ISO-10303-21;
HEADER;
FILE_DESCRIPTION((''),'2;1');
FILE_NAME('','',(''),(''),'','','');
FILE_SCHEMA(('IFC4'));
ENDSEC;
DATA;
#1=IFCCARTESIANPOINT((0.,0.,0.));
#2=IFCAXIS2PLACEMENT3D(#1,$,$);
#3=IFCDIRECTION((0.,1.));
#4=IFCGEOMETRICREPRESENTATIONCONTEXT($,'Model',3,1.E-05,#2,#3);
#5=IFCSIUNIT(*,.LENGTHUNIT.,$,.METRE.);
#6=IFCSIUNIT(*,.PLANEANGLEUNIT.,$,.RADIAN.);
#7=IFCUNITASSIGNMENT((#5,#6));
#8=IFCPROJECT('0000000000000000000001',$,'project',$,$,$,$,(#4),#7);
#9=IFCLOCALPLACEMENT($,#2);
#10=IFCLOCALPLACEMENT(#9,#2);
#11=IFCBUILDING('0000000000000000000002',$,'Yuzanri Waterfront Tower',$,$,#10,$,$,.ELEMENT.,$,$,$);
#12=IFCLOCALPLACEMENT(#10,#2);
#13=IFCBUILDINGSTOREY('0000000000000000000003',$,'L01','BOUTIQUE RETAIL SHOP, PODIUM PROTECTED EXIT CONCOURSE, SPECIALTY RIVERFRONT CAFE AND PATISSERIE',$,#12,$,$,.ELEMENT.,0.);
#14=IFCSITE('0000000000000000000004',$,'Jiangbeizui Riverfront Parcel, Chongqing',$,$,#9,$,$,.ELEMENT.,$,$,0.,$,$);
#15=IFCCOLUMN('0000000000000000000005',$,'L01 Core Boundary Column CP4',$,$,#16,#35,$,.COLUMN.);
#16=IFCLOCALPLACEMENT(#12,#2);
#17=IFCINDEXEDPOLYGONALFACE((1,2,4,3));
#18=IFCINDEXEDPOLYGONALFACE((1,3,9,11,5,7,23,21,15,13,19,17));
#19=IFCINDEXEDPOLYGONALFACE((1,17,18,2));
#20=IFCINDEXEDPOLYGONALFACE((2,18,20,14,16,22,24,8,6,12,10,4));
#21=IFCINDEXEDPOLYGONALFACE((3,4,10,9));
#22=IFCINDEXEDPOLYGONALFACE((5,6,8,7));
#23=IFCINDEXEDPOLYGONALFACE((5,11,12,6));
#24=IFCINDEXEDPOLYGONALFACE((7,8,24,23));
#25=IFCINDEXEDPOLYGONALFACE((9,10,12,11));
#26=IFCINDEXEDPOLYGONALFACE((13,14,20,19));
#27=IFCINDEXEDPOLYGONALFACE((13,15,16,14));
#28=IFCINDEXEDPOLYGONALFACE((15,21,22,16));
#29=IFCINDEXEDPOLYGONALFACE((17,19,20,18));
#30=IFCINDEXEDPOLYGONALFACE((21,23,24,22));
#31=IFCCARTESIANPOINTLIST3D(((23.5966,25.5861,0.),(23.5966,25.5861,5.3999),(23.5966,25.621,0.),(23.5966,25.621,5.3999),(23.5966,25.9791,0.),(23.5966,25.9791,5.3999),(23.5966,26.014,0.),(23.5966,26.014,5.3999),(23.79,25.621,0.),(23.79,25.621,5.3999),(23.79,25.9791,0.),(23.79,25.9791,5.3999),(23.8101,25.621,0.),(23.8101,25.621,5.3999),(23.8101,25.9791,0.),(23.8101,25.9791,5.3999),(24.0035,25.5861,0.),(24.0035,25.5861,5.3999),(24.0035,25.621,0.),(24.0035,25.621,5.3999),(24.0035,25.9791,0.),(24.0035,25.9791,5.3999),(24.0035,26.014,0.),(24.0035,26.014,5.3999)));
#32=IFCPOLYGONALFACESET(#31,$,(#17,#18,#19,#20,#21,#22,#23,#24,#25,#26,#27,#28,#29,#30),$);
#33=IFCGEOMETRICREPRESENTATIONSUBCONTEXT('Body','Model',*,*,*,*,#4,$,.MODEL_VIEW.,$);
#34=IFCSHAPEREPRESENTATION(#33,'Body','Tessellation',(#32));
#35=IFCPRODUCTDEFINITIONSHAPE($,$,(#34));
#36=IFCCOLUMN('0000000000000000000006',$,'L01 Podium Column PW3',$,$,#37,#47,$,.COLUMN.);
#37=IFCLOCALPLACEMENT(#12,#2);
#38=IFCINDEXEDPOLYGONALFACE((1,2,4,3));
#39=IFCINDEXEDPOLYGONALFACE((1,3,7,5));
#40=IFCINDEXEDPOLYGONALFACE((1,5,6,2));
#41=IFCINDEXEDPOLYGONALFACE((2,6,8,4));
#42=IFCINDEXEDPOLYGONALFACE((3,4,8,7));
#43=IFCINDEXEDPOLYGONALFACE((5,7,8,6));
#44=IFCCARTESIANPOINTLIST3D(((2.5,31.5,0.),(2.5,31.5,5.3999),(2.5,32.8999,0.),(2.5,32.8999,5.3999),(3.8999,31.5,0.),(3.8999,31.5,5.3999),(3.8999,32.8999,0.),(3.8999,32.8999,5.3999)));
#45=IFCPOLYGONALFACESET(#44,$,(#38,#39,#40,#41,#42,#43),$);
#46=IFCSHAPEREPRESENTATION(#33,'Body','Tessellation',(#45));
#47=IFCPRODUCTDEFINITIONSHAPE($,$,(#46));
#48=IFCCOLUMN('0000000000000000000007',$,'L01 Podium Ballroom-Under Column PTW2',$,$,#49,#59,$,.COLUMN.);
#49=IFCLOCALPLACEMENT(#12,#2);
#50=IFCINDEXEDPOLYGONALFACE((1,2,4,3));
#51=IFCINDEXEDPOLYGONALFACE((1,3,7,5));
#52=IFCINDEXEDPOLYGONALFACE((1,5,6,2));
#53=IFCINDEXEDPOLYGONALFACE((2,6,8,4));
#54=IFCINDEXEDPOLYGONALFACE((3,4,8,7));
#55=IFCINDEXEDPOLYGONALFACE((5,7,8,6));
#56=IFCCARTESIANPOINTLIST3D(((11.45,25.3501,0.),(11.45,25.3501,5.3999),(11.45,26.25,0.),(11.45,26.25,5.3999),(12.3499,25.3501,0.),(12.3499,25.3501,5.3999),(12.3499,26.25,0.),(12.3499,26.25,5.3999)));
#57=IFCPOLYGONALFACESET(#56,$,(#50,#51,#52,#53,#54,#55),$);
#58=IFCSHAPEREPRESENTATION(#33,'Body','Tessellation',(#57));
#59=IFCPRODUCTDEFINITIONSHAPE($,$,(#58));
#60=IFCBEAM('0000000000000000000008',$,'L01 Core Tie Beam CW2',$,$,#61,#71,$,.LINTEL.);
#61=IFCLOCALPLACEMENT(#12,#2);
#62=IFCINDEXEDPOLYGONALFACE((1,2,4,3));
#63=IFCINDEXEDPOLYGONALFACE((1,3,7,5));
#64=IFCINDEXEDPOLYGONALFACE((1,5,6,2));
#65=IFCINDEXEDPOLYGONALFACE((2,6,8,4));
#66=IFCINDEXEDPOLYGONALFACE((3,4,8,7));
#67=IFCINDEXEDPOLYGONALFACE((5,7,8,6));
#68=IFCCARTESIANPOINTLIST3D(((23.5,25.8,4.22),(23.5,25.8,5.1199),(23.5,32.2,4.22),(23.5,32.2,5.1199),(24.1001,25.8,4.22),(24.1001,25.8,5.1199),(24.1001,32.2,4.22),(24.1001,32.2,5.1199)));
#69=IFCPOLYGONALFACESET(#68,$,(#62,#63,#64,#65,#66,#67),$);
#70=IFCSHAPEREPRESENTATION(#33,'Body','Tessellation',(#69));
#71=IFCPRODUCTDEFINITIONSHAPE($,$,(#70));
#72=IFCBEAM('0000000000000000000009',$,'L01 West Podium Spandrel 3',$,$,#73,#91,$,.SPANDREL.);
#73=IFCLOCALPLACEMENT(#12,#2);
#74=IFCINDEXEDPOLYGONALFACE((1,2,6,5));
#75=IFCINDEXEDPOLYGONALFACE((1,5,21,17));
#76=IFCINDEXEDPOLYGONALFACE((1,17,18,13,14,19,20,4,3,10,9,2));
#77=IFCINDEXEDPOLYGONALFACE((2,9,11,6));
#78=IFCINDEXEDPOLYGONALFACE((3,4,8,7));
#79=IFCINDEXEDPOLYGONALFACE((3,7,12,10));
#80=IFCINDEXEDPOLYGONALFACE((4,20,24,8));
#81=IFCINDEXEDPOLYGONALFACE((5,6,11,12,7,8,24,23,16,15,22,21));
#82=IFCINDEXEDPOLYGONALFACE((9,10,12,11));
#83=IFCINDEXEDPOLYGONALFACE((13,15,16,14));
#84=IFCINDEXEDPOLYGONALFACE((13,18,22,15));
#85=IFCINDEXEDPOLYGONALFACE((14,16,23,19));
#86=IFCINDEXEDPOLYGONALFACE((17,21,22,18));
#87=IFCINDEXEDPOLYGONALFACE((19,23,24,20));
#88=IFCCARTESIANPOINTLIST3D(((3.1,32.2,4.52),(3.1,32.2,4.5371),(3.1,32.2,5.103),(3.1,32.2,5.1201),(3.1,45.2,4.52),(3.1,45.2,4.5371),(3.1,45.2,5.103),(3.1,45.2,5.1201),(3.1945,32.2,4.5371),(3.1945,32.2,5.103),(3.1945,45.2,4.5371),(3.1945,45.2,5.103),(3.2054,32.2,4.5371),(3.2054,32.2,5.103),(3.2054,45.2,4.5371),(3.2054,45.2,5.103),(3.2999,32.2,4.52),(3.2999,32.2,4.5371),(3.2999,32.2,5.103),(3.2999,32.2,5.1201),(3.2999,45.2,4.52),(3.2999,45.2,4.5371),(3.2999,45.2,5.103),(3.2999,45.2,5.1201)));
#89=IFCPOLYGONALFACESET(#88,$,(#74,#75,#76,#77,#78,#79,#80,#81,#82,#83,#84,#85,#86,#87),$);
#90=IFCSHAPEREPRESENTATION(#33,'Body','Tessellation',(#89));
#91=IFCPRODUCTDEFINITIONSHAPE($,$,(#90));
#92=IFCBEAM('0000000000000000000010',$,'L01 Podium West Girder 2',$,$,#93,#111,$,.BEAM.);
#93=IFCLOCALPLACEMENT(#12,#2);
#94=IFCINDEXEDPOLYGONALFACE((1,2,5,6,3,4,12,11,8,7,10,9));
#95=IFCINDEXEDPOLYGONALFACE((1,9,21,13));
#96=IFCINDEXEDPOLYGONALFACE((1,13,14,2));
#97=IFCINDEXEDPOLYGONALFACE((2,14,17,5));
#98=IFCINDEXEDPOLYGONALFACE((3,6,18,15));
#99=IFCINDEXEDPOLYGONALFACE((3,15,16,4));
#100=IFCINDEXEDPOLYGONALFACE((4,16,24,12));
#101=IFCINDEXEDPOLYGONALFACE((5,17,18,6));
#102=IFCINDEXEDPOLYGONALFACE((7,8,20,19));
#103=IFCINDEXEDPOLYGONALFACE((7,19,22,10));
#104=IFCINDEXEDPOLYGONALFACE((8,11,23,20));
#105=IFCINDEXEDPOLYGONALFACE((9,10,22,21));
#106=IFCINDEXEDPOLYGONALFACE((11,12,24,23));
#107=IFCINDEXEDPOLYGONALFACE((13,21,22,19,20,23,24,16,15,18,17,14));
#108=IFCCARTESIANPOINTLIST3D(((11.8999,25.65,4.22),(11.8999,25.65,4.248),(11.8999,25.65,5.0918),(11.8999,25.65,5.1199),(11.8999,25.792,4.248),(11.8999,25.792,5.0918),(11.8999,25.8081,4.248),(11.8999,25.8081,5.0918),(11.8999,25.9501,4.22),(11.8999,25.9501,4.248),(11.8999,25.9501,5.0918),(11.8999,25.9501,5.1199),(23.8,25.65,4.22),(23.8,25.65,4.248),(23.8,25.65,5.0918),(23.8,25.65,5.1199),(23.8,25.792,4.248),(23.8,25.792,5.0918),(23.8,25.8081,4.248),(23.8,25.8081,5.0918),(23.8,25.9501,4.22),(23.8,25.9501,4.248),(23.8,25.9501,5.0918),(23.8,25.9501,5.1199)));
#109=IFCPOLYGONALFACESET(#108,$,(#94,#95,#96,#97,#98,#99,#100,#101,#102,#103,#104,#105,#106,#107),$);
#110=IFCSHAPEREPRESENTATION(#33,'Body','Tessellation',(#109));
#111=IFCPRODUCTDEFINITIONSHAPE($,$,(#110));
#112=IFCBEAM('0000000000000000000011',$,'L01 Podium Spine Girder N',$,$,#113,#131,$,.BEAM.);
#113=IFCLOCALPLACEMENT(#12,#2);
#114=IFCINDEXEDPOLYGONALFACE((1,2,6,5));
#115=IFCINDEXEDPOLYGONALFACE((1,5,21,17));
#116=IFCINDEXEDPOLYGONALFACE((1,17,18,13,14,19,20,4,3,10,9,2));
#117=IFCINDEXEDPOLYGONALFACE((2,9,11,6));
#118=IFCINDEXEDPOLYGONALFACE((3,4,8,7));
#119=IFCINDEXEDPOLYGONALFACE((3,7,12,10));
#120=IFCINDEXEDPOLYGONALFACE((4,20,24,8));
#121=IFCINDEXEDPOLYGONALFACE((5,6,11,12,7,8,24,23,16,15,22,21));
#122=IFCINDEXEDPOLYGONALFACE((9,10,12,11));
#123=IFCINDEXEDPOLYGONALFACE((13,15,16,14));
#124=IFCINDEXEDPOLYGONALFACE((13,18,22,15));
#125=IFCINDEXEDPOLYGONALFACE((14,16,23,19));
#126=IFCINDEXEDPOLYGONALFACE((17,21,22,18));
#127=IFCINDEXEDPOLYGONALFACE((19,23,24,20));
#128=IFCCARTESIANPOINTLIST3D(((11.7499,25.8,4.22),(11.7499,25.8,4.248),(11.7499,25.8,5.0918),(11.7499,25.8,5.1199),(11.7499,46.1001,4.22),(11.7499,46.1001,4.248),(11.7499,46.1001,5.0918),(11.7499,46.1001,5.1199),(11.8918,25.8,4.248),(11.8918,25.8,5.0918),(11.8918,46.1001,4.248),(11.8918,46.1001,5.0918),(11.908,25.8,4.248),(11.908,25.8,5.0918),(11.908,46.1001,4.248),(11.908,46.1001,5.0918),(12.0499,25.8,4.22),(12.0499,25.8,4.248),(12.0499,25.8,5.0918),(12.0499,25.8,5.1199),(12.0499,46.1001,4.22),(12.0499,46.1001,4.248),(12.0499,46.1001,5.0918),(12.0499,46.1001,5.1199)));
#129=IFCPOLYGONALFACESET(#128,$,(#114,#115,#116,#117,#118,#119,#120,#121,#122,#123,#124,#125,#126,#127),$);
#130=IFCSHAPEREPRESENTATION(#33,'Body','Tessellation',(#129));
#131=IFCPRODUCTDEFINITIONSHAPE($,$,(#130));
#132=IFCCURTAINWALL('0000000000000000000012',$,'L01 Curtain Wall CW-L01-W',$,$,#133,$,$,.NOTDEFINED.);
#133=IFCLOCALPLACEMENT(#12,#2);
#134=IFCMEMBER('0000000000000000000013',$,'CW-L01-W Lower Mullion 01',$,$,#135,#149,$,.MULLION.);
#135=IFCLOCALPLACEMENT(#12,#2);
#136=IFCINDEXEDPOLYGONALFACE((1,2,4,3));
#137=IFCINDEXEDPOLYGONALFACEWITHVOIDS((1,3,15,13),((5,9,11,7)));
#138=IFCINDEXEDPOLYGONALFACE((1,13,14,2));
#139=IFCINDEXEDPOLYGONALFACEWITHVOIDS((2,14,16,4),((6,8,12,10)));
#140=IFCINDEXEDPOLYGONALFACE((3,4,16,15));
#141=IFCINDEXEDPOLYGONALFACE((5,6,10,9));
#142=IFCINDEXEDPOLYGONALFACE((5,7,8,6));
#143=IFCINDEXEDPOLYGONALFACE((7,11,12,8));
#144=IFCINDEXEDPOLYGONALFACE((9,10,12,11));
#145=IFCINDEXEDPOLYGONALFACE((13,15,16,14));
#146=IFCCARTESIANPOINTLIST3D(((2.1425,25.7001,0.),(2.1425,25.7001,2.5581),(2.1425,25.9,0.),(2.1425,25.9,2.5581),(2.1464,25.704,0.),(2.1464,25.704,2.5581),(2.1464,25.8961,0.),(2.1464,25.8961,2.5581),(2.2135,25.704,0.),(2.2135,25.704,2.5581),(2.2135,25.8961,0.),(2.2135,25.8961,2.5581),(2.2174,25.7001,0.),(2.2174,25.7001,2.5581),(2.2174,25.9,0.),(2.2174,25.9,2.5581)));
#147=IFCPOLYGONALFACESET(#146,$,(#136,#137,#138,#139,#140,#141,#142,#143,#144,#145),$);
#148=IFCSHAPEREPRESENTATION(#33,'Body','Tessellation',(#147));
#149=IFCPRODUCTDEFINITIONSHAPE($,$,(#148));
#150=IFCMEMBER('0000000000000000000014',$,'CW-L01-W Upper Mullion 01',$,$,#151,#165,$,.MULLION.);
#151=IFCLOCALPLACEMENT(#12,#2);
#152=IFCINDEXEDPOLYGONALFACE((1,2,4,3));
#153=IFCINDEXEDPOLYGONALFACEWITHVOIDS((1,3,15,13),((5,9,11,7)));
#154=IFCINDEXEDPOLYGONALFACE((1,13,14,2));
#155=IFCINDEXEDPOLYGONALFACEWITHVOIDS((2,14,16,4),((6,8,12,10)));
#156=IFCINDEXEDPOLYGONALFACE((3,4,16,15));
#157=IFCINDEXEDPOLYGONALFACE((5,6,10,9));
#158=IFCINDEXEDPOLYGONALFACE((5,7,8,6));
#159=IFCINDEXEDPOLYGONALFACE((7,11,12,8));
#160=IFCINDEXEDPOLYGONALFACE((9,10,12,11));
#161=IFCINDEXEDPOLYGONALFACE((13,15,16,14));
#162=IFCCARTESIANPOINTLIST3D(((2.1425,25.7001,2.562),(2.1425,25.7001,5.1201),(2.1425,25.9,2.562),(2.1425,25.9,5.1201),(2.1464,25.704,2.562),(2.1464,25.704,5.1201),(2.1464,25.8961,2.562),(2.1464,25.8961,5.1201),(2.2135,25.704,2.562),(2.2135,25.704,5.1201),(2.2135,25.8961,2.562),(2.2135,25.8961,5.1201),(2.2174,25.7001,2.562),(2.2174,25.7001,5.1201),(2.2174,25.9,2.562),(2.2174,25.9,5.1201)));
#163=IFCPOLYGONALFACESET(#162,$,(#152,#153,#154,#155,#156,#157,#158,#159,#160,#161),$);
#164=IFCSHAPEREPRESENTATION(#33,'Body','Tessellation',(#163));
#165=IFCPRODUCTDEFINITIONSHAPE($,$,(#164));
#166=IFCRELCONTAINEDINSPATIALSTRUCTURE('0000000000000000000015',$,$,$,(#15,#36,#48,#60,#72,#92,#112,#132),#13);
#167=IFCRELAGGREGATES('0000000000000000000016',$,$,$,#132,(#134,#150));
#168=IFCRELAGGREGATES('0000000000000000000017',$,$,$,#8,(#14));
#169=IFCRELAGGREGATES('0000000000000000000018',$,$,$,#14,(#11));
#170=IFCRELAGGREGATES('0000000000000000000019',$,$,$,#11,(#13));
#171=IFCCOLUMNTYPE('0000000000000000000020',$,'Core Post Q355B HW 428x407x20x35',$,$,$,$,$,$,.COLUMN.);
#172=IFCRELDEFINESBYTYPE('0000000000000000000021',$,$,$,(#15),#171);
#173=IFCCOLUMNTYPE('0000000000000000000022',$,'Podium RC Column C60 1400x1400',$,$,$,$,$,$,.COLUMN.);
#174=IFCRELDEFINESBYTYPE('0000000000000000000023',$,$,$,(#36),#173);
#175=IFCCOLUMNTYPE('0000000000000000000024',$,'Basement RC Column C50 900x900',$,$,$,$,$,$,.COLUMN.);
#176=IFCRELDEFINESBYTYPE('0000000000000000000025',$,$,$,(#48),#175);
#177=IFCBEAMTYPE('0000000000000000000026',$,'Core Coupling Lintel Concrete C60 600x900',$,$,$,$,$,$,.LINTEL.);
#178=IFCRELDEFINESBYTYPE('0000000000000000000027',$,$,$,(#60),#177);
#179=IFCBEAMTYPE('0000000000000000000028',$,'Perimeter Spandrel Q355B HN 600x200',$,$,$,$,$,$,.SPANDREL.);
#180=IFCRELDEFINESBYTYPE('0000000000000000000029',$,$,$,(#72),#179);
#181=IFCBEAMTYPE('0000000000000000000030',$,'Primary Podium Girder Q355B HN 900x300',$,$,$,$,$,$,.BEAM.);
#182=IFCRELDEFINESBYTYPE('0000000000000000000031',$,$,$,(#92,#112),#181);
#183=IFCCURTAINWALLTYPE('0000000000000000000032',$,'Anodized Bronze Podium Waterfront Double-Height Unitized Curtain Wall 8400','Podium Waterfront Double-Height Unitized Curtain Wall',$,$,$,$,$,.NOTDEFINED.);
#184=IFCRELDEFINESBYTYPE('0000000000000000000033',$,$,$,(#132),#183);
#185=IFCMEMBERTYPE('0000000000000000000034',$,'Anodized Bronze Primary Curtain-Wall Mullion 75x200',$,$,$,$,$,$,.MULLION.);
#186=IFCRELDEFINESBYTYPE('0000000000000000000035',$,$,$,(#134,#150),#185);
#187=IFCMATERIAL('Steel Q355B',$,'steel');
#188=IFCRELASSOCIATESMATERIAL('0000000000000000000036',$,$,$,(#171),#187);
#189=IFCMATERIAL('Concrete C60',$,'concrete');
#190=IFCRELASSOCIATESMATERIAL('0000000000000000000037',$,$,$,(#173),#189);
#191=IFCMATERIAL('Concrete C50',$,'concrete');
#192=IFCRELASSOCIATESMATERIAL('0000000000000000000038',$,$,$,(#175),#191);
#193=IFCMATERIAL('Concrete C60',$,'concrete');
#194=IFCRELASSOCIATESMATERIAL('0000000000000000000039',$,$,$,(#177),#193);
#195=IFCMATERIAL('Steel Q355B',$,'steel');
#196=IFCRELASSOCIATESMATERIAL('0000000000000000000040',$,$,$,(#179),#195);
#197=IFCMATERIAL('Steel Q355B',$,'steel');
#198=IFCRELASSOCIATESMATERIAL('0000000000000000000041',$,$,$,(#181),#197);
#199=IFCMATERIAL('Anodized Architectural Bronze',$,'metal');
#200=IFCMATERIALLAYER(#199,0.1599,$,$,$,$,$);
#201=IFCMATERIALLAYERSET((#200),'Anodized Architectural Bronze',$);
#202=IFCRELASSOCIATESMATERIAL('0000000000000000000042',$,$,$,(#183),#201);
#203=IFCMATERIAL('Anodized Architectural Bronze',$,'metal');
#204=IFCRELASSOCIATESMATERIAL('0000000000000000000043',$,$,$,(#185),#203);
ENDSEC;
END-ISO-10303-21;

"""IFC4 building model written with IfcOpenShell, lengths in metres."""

from ifc_helpers import new_model, si_unit, direction, frame, origin, origin_2d, place, context, subcontext, project, spatial, rectangle, hollow_rectangle, i_section, extrude, source, transform, mapped, material, layer, layer_set, material_profile, profile_set, type_object, element, aggregate, save


model = new_model("IFC4")

# Units and contexts
model_context = context("Model", 3, precision=1e-05, world=origin(), true_north=direction((0.0, 1.0)))
body_context = subcontext(model_context, "Body", "Model", "MODEL_VIEW")
ifc_project = project(units=[si_unit("LENGTHUNIT", "METRE"), si_unit("PLANEANGLEUNIT", "RADIAN")], contexts=[model_context])

# Site, building, storey
site_placement = place(None, origin())
site = spatial("IfcSite", under=ifc_project, at=site_placement, Name="Jiangbeizui Riverfront Parcel, Chongqing", CompositionType="ELEMENT", RefElevation=0.0)
building_placement = place(site_placement, origin())
building = spatial("IfcBuilding", under=site, at=building_placement, Name="Yuzanri Waterfront Tower", CompositionType="ELEMENT")
storey_placement = place(building_placement, origin())
storey = spatial("IfcBuildingStorey", under=building, at=storey_placement, Name="L01", Description="BOUTIQUE RETAIL SHOP, PODIUM PROTECTED EXIT CONCOURSE, SPECIALTY RIVERFRONT CAFE AND PATISSERIE", CompositionType="ELEMENT", Elevation=0.0)

# Columns
ifc_material_1 = material(Name="Steel Q355B", Category="steel")
ifc_material_profile_1 = material_profile(ifc_material_1, i_section(OverallWidth=0.407, OverallDepth=0.428, WebThickness=0.02, FlangeThickness=0.0349, at=origin_2d()), Name="HW 428x407x20x35")
ifc_profile_set_1 = profile_set([ifc_material_profile_1], Name="Steel Q355B")
column_type_1 = type_object("IfcColumnType", Name="Core Post Q355B HW 428x407x20x35", PredefinedType="COLUMN", material=ifc_profile_set_1)
shared_shape_1 = source(origin(), body_context, "Body", "SweptSolid", [
    extrude(i_section(OverallWidth=0.407, OverallDepth=0.428, WebThickness=0.02, FlangeThickness=0.0349, at=origin_2d()), origin(), (0.0, 0.0, 1.0), 5.3999),
])
column_1_placement = place(storey_placement, frame((23.8, 25.8, 0.0), z_axis=(0.0, 0.0, 1.0), x_axis=(1.0, 0.0, 0.0)))
element("IfcColumn", 1, at=column_1_placement, inside=storey, type_object=column_type_1, Name="L01 Core Boundary Column CP4", PredefinedType="COLUMN", context=body_context, shape_type="MappedRepresentation", body=[
    mapped(shared_shape_1, transform((0.0, 0.0, 0.0), scale=1.0)),
])
ifc_material_2 = material(Name="Concrete C60", Category="concrete")
ifc_material_profile_2 = material_profile(ifc_material_2, rectangle(XDim=1.3999, YDim=1.3999, at=origin_2d()), Name="RC 1400x1400")
ifc_profile_set_2 = profile_set([ifc_material_profile_2], Name="Concrete C60")
column_type_2 = type_object("IfcColumnType", Name="Podium RC Column C60 1400x1400", PredefinedType="COLUMN", material=ifc_profile_set_2)
shared_shape_2 = source(origin(), body_context, "Body", "SweptSolid", [
    extrude(rectangle(XDim=1.3999, YDim=1.3999, at=origin_2d()), origin(), (0.0, 0.0, 1.0), 5.3999),
])
column_2_placement = place(storey_placement, frame((3.2, 32.2, 0.0), z_axis=(0.0, 0.0, 1.0), x_axis=(1.0, 0.0, 0.0)))
element("IfcColumn", 2, at=column_2_placement, inside=storey, type_object=column_type_2, Name="L01 Podium Column PW3", PredefinedType="COLUMN", context=body_context, shape_type="MappedRepresentation", body=[
    mapped(shared_shape_2, transform((0.0, 0.0, 0.0), scale=1.0)),
])
ifc_material_3 = material(Name="Concrete C50", Category="concrete")
ifc_material_profile_3 = material_profile(ifc_material_3, rectangle(XDim=0.8999, YDim=0.8999, at=origin_2d()), Name="RC 900x900")
ifc_profile_set_3 = profile_set([ifc_material_profile_3], Name="Concrete C50")
column_type_3 = type_object("IfcColumnType", Name="Basement RC Column C50 900x900", PredefinedType="COLUMN", material=ifc_profile_set_3)
shared_shape_3 = source(origin(), body_context, "Body", "SweptSolid", [
    extrude(rectangle(XDim=0.8999, YDim=0.8999, at=origin_2d()), origin(), (0.0, 0.0, 1.0), 5.3999),
])
column_3_placement = place(storey_placement, frame((11.8999, 25.8, 0.0), z_axis=(0.0, 0.0, 1.0), x_axis=(1.0, 0.0, 0.0)))
element("IfcColumn", 3, at=column_3_placement, inside=storey, type_object=column_type_3, Name="L01 Podium Ballroom-Under Column PTW2", PredefinedType="COLUMN", context=body_context, shape_type="MappedRepresentation", body=[
    mapped(shared_shape_3, transform((0.0, 0.0, 0.0), scale=1.0)),
])

# Beams
ifc_material_4 = material(Name="Concrete C60", Category="concrete")
ifc_material_profile_4 = material_profile(ifc_material_4, rectangle(XDim=0.6001, YDim=0.8999, at=origin_2d()), Name="RC 600x900")
ifc_profile_set_4 = profile_set([ifc_material_profile_4], Name="Concrete C60")
beam_type_1 = type_object("IfcBeamType", Name="Core Coupling Lintel Concrete C60 600x900", PredefinedType="LINTEL", material=ifc_profile_set_4)
shared_shape_4 = source(origin(), body_context, "Body", "SweptSolid", [
    extrude(rectangle(XDim=0.6001, YDim=0.8999, at=origin_2d()), origin(), (0.0, 0.0, 1.0), 6.3999),
])
beam_1_placement = place(storey_placement, frame((23.8, 25.8, 4.6699), z_axis=(0.0, 1.0, 0.0), x_axis=(-1.0, 0.0, 0.0)))
element("IfcBeam", 4, at=beam_1_placement, inside=storey, type_object=beam_type_1, Name="L01 Core Tie Beam CW2", PredefinedType="LINTEL", context=body_context, shape_type="MappedRepresentation", body=[
    mapped(shared_shape_4, transform((0.0, 0.0, 0.0), scale=1.0)),
])
ifc_material_5 = material(Name="Steel Q355B", Category="steel")
ifc_material_profile_5 = material_profile(ifc_material_5, i_section(OverallWidth=0.2, OverallDepth=0.6001, WebThickness=0.011, FlangeThickness=0.0171, at=origin_2d()), Name="HN 600x200x11x17")
ifc_profile_set_5 = profile_set([ifc_material_profile_5], Name="Steel Q355B")
beam_type_2 = type_object("IfcBeamType", Name="Perimeter Spandrel Q355B HN 600x200", PredefinedType="SPANDREL", material=ifc_profile_set_5)
shared_shape_5 = source(origin(), body_context, "Body", "SweptSolid", [
    extrude(i_section(OverallWidth=0.2, OverallDepth=0.6001, WebThickness=0.011, FlangeThickness=0.0171, at=origin_2d()), origin(), (0.0, 0.0, 1.0), 13.0),
])
beam_2_placement = place(storey_placement, frame((3.2, 32.2, 4.8201), z_axis=(0.0, 1.0, 0.0), x_axis=(-1.0, 0.0, 0.0)))
element("IfcBeam", 5, at=beam_2_placement, inside=storey, type_object=beam_type_2, Name="L01 West Podium Spandrel 3", PredefinedType="SPANDREL", context=body_context, shape_type="MappedRepresentation", body=[
    mapped(shared_shape_5, transform((0.0, 0.0, 0.0), scale=1.0)),
])
ifc_material_6 = material(Name="Steel Q355B", Category="steel")
ifc_material_profile_6 = material_profile(ifc_material_6, i_section(OverallWidth=0.3, OverallDepth=0.8999, WebThickness=0.0161, FlangeThickness=0.0281, at=origin_2d()), Name="HN 900x300x16x28")
ifc_profile_set_6 = profile_set([ifc_material_profile_6], Name="Steel Q355B")
beam_type_3 = type_object("IfcBeamType", Name="Primary Podium Girder Q355B HN 900x300", PredefinedType="BEAM", material=ifc_profile_set_6)
shared_shape_6 = source(origin(), body_context, "Body", "SweptSolid", [
    extrude(i_section(OverallWidth=0.3, OverallDepth=0.8999, WebThickness=0.0161, FlangeThickness=0.0281, at=origin_2d()), origin(), (0.0, 0.0, 1.0), 11.9001),
])
beam_3_placement = place(storey_placement, frame((11.8999, 25.8, 4.6699), z_axis=(1.0, 0.0, 0.0), x_axis=(0.0, 1.0, 0.0)))
element("IfcBeam", 6, at=beam_3_placement, inside=storey, type_object=beam_type_3, Name="L01 Podium West Girder 2", PredefinedType="BEAM", context=body_context, shape_type="MappedRepresentation", body=[
    mapped(shared_shape_6, transform((0.0, 0.0, 0.0), scale=1.0)),
])
shared_shape_7 = source(origin(), body_context, "Body", "SweptSolid", [
    extrude(i_section(OverallWidth=0.3, OverallDepth=0.8999, WebThickness=0.0161, FlangeThickness=0.0281, at=origin_2d()), origin(), (0.0, 0.0, 1.0), 20.3),
])
beam_4_placement = place(storey_placement, frame((11.8999, 25.8, 4.6699), z_axis=(0.0, 1.0, 0.0), x_axis=(-1.0, 0.0, 0.0)))
element("IfcBeam", 7, at=beam_4_placement, inside=storey, type_object=beam_type_3, Name="L01 Podium Spine Girder N", PredefinedType="BEAM", context=body_context, shape_type="MappedRepresentation", body=[
    mapped(shared_shape_7, transform((0.0, 0.0, 0.0), scale=1.0)),
])

# Curtain wall, members
ifc_material_7 = material(Name="Anodized Architectural Bronze", Category="metal")
ifc_layer_1 = layer(ifc_material_7, 0.1599)
ifc_layer_set_1 = layer_set([ifc_layer_1], Name="Anodized Architectural Bronze")
curtain_wall_type = type_object("IfcCurtainWallType", Name="Anodized Bronze Podium Waterfront Double-Height Unitized Curtain Wall 8400", Description="Podium Waterfront Double-Height Unitized Curtain Wall", PredefinedType="NOTDEFINED", material=ifc_layer_set_1)
curtain_wall_placement = place(storey_placement, origin())
curtain_wall = element("IfcCurtainWall", 8, at=curtain_wall_placement, inside=storey, type_object=curtain_wall_type, Name="L01 Curtain Wall CW-L01-W", PredefinedType="NOTDEFINED")
ifc_material_8 = material(Name="Anodized Architectural Bronze", Category="metal")
ifc_material_profile_7 = material_profile(ifc_material_8, hollow_rectangle(XDim=0.075, YDim=0.2, WallThickness=0.0039, at=origin_2d()), Name="CWM 75x200")
ifc_profile_set_7 = profile_set([ifc_material_profile_7], Name="Anodized Architectural Bronze")
member_type = type_object("IfcMemberType", Name="Anodized Bronze Primary Curtain-Wall Mullion 75x200", PredefinedType="MULLION", material=ifc_profile_set_7)
shared_shape_8 = source(origin(), body_context, "Body", "SweptSolid", [
    extrude(hollow_rectangle(XDim=0.075, YDim=0.2, WallThickness=0.0039, at=origin_2d()), origin(), (0.0, 0.0, 1.0), 2.5581),
])
member_1_placement = place(storey_placement, frame((2.1799, 25.8, 0.0), z_axis=(0.0, 0.0, 1.0), x_axis=(1.0, 0.0, 0.0)))
member_1 = element("IfcMember", 9, at=member_1_placement, type_object=member_type, Name="CW-L01-W Lower Mullion 01", PredefinedType="MULLION", context=body_context, shape_type="MappedRepresentation", body=[
    mapped(shared_shape_8, transform((0.0, 0.0, 0.0), scale=1.0)),
])
member_2_placement = place(storey_placement, frame((2.1799, 25.8, 2.562), z_axis=(0.0, 0.0, 1.0), x_axis=(1.0, 0.0, 0.0)))
member_2 = element("IfcMember", 10, at=member_2_placement, type_object=member_type, Name="CW-L01-W Upper Mullion 01", PredefinedType="MULLION", context=body_context, shape_type="MappedRepresentation", body=[
    mapped(shared_shape_8, transform((0.0, 0.0, 0.0), scale=1.0)),
])

aggregate(curtain_wall, [member_1, member_2])

save(model, "model.ifc")
